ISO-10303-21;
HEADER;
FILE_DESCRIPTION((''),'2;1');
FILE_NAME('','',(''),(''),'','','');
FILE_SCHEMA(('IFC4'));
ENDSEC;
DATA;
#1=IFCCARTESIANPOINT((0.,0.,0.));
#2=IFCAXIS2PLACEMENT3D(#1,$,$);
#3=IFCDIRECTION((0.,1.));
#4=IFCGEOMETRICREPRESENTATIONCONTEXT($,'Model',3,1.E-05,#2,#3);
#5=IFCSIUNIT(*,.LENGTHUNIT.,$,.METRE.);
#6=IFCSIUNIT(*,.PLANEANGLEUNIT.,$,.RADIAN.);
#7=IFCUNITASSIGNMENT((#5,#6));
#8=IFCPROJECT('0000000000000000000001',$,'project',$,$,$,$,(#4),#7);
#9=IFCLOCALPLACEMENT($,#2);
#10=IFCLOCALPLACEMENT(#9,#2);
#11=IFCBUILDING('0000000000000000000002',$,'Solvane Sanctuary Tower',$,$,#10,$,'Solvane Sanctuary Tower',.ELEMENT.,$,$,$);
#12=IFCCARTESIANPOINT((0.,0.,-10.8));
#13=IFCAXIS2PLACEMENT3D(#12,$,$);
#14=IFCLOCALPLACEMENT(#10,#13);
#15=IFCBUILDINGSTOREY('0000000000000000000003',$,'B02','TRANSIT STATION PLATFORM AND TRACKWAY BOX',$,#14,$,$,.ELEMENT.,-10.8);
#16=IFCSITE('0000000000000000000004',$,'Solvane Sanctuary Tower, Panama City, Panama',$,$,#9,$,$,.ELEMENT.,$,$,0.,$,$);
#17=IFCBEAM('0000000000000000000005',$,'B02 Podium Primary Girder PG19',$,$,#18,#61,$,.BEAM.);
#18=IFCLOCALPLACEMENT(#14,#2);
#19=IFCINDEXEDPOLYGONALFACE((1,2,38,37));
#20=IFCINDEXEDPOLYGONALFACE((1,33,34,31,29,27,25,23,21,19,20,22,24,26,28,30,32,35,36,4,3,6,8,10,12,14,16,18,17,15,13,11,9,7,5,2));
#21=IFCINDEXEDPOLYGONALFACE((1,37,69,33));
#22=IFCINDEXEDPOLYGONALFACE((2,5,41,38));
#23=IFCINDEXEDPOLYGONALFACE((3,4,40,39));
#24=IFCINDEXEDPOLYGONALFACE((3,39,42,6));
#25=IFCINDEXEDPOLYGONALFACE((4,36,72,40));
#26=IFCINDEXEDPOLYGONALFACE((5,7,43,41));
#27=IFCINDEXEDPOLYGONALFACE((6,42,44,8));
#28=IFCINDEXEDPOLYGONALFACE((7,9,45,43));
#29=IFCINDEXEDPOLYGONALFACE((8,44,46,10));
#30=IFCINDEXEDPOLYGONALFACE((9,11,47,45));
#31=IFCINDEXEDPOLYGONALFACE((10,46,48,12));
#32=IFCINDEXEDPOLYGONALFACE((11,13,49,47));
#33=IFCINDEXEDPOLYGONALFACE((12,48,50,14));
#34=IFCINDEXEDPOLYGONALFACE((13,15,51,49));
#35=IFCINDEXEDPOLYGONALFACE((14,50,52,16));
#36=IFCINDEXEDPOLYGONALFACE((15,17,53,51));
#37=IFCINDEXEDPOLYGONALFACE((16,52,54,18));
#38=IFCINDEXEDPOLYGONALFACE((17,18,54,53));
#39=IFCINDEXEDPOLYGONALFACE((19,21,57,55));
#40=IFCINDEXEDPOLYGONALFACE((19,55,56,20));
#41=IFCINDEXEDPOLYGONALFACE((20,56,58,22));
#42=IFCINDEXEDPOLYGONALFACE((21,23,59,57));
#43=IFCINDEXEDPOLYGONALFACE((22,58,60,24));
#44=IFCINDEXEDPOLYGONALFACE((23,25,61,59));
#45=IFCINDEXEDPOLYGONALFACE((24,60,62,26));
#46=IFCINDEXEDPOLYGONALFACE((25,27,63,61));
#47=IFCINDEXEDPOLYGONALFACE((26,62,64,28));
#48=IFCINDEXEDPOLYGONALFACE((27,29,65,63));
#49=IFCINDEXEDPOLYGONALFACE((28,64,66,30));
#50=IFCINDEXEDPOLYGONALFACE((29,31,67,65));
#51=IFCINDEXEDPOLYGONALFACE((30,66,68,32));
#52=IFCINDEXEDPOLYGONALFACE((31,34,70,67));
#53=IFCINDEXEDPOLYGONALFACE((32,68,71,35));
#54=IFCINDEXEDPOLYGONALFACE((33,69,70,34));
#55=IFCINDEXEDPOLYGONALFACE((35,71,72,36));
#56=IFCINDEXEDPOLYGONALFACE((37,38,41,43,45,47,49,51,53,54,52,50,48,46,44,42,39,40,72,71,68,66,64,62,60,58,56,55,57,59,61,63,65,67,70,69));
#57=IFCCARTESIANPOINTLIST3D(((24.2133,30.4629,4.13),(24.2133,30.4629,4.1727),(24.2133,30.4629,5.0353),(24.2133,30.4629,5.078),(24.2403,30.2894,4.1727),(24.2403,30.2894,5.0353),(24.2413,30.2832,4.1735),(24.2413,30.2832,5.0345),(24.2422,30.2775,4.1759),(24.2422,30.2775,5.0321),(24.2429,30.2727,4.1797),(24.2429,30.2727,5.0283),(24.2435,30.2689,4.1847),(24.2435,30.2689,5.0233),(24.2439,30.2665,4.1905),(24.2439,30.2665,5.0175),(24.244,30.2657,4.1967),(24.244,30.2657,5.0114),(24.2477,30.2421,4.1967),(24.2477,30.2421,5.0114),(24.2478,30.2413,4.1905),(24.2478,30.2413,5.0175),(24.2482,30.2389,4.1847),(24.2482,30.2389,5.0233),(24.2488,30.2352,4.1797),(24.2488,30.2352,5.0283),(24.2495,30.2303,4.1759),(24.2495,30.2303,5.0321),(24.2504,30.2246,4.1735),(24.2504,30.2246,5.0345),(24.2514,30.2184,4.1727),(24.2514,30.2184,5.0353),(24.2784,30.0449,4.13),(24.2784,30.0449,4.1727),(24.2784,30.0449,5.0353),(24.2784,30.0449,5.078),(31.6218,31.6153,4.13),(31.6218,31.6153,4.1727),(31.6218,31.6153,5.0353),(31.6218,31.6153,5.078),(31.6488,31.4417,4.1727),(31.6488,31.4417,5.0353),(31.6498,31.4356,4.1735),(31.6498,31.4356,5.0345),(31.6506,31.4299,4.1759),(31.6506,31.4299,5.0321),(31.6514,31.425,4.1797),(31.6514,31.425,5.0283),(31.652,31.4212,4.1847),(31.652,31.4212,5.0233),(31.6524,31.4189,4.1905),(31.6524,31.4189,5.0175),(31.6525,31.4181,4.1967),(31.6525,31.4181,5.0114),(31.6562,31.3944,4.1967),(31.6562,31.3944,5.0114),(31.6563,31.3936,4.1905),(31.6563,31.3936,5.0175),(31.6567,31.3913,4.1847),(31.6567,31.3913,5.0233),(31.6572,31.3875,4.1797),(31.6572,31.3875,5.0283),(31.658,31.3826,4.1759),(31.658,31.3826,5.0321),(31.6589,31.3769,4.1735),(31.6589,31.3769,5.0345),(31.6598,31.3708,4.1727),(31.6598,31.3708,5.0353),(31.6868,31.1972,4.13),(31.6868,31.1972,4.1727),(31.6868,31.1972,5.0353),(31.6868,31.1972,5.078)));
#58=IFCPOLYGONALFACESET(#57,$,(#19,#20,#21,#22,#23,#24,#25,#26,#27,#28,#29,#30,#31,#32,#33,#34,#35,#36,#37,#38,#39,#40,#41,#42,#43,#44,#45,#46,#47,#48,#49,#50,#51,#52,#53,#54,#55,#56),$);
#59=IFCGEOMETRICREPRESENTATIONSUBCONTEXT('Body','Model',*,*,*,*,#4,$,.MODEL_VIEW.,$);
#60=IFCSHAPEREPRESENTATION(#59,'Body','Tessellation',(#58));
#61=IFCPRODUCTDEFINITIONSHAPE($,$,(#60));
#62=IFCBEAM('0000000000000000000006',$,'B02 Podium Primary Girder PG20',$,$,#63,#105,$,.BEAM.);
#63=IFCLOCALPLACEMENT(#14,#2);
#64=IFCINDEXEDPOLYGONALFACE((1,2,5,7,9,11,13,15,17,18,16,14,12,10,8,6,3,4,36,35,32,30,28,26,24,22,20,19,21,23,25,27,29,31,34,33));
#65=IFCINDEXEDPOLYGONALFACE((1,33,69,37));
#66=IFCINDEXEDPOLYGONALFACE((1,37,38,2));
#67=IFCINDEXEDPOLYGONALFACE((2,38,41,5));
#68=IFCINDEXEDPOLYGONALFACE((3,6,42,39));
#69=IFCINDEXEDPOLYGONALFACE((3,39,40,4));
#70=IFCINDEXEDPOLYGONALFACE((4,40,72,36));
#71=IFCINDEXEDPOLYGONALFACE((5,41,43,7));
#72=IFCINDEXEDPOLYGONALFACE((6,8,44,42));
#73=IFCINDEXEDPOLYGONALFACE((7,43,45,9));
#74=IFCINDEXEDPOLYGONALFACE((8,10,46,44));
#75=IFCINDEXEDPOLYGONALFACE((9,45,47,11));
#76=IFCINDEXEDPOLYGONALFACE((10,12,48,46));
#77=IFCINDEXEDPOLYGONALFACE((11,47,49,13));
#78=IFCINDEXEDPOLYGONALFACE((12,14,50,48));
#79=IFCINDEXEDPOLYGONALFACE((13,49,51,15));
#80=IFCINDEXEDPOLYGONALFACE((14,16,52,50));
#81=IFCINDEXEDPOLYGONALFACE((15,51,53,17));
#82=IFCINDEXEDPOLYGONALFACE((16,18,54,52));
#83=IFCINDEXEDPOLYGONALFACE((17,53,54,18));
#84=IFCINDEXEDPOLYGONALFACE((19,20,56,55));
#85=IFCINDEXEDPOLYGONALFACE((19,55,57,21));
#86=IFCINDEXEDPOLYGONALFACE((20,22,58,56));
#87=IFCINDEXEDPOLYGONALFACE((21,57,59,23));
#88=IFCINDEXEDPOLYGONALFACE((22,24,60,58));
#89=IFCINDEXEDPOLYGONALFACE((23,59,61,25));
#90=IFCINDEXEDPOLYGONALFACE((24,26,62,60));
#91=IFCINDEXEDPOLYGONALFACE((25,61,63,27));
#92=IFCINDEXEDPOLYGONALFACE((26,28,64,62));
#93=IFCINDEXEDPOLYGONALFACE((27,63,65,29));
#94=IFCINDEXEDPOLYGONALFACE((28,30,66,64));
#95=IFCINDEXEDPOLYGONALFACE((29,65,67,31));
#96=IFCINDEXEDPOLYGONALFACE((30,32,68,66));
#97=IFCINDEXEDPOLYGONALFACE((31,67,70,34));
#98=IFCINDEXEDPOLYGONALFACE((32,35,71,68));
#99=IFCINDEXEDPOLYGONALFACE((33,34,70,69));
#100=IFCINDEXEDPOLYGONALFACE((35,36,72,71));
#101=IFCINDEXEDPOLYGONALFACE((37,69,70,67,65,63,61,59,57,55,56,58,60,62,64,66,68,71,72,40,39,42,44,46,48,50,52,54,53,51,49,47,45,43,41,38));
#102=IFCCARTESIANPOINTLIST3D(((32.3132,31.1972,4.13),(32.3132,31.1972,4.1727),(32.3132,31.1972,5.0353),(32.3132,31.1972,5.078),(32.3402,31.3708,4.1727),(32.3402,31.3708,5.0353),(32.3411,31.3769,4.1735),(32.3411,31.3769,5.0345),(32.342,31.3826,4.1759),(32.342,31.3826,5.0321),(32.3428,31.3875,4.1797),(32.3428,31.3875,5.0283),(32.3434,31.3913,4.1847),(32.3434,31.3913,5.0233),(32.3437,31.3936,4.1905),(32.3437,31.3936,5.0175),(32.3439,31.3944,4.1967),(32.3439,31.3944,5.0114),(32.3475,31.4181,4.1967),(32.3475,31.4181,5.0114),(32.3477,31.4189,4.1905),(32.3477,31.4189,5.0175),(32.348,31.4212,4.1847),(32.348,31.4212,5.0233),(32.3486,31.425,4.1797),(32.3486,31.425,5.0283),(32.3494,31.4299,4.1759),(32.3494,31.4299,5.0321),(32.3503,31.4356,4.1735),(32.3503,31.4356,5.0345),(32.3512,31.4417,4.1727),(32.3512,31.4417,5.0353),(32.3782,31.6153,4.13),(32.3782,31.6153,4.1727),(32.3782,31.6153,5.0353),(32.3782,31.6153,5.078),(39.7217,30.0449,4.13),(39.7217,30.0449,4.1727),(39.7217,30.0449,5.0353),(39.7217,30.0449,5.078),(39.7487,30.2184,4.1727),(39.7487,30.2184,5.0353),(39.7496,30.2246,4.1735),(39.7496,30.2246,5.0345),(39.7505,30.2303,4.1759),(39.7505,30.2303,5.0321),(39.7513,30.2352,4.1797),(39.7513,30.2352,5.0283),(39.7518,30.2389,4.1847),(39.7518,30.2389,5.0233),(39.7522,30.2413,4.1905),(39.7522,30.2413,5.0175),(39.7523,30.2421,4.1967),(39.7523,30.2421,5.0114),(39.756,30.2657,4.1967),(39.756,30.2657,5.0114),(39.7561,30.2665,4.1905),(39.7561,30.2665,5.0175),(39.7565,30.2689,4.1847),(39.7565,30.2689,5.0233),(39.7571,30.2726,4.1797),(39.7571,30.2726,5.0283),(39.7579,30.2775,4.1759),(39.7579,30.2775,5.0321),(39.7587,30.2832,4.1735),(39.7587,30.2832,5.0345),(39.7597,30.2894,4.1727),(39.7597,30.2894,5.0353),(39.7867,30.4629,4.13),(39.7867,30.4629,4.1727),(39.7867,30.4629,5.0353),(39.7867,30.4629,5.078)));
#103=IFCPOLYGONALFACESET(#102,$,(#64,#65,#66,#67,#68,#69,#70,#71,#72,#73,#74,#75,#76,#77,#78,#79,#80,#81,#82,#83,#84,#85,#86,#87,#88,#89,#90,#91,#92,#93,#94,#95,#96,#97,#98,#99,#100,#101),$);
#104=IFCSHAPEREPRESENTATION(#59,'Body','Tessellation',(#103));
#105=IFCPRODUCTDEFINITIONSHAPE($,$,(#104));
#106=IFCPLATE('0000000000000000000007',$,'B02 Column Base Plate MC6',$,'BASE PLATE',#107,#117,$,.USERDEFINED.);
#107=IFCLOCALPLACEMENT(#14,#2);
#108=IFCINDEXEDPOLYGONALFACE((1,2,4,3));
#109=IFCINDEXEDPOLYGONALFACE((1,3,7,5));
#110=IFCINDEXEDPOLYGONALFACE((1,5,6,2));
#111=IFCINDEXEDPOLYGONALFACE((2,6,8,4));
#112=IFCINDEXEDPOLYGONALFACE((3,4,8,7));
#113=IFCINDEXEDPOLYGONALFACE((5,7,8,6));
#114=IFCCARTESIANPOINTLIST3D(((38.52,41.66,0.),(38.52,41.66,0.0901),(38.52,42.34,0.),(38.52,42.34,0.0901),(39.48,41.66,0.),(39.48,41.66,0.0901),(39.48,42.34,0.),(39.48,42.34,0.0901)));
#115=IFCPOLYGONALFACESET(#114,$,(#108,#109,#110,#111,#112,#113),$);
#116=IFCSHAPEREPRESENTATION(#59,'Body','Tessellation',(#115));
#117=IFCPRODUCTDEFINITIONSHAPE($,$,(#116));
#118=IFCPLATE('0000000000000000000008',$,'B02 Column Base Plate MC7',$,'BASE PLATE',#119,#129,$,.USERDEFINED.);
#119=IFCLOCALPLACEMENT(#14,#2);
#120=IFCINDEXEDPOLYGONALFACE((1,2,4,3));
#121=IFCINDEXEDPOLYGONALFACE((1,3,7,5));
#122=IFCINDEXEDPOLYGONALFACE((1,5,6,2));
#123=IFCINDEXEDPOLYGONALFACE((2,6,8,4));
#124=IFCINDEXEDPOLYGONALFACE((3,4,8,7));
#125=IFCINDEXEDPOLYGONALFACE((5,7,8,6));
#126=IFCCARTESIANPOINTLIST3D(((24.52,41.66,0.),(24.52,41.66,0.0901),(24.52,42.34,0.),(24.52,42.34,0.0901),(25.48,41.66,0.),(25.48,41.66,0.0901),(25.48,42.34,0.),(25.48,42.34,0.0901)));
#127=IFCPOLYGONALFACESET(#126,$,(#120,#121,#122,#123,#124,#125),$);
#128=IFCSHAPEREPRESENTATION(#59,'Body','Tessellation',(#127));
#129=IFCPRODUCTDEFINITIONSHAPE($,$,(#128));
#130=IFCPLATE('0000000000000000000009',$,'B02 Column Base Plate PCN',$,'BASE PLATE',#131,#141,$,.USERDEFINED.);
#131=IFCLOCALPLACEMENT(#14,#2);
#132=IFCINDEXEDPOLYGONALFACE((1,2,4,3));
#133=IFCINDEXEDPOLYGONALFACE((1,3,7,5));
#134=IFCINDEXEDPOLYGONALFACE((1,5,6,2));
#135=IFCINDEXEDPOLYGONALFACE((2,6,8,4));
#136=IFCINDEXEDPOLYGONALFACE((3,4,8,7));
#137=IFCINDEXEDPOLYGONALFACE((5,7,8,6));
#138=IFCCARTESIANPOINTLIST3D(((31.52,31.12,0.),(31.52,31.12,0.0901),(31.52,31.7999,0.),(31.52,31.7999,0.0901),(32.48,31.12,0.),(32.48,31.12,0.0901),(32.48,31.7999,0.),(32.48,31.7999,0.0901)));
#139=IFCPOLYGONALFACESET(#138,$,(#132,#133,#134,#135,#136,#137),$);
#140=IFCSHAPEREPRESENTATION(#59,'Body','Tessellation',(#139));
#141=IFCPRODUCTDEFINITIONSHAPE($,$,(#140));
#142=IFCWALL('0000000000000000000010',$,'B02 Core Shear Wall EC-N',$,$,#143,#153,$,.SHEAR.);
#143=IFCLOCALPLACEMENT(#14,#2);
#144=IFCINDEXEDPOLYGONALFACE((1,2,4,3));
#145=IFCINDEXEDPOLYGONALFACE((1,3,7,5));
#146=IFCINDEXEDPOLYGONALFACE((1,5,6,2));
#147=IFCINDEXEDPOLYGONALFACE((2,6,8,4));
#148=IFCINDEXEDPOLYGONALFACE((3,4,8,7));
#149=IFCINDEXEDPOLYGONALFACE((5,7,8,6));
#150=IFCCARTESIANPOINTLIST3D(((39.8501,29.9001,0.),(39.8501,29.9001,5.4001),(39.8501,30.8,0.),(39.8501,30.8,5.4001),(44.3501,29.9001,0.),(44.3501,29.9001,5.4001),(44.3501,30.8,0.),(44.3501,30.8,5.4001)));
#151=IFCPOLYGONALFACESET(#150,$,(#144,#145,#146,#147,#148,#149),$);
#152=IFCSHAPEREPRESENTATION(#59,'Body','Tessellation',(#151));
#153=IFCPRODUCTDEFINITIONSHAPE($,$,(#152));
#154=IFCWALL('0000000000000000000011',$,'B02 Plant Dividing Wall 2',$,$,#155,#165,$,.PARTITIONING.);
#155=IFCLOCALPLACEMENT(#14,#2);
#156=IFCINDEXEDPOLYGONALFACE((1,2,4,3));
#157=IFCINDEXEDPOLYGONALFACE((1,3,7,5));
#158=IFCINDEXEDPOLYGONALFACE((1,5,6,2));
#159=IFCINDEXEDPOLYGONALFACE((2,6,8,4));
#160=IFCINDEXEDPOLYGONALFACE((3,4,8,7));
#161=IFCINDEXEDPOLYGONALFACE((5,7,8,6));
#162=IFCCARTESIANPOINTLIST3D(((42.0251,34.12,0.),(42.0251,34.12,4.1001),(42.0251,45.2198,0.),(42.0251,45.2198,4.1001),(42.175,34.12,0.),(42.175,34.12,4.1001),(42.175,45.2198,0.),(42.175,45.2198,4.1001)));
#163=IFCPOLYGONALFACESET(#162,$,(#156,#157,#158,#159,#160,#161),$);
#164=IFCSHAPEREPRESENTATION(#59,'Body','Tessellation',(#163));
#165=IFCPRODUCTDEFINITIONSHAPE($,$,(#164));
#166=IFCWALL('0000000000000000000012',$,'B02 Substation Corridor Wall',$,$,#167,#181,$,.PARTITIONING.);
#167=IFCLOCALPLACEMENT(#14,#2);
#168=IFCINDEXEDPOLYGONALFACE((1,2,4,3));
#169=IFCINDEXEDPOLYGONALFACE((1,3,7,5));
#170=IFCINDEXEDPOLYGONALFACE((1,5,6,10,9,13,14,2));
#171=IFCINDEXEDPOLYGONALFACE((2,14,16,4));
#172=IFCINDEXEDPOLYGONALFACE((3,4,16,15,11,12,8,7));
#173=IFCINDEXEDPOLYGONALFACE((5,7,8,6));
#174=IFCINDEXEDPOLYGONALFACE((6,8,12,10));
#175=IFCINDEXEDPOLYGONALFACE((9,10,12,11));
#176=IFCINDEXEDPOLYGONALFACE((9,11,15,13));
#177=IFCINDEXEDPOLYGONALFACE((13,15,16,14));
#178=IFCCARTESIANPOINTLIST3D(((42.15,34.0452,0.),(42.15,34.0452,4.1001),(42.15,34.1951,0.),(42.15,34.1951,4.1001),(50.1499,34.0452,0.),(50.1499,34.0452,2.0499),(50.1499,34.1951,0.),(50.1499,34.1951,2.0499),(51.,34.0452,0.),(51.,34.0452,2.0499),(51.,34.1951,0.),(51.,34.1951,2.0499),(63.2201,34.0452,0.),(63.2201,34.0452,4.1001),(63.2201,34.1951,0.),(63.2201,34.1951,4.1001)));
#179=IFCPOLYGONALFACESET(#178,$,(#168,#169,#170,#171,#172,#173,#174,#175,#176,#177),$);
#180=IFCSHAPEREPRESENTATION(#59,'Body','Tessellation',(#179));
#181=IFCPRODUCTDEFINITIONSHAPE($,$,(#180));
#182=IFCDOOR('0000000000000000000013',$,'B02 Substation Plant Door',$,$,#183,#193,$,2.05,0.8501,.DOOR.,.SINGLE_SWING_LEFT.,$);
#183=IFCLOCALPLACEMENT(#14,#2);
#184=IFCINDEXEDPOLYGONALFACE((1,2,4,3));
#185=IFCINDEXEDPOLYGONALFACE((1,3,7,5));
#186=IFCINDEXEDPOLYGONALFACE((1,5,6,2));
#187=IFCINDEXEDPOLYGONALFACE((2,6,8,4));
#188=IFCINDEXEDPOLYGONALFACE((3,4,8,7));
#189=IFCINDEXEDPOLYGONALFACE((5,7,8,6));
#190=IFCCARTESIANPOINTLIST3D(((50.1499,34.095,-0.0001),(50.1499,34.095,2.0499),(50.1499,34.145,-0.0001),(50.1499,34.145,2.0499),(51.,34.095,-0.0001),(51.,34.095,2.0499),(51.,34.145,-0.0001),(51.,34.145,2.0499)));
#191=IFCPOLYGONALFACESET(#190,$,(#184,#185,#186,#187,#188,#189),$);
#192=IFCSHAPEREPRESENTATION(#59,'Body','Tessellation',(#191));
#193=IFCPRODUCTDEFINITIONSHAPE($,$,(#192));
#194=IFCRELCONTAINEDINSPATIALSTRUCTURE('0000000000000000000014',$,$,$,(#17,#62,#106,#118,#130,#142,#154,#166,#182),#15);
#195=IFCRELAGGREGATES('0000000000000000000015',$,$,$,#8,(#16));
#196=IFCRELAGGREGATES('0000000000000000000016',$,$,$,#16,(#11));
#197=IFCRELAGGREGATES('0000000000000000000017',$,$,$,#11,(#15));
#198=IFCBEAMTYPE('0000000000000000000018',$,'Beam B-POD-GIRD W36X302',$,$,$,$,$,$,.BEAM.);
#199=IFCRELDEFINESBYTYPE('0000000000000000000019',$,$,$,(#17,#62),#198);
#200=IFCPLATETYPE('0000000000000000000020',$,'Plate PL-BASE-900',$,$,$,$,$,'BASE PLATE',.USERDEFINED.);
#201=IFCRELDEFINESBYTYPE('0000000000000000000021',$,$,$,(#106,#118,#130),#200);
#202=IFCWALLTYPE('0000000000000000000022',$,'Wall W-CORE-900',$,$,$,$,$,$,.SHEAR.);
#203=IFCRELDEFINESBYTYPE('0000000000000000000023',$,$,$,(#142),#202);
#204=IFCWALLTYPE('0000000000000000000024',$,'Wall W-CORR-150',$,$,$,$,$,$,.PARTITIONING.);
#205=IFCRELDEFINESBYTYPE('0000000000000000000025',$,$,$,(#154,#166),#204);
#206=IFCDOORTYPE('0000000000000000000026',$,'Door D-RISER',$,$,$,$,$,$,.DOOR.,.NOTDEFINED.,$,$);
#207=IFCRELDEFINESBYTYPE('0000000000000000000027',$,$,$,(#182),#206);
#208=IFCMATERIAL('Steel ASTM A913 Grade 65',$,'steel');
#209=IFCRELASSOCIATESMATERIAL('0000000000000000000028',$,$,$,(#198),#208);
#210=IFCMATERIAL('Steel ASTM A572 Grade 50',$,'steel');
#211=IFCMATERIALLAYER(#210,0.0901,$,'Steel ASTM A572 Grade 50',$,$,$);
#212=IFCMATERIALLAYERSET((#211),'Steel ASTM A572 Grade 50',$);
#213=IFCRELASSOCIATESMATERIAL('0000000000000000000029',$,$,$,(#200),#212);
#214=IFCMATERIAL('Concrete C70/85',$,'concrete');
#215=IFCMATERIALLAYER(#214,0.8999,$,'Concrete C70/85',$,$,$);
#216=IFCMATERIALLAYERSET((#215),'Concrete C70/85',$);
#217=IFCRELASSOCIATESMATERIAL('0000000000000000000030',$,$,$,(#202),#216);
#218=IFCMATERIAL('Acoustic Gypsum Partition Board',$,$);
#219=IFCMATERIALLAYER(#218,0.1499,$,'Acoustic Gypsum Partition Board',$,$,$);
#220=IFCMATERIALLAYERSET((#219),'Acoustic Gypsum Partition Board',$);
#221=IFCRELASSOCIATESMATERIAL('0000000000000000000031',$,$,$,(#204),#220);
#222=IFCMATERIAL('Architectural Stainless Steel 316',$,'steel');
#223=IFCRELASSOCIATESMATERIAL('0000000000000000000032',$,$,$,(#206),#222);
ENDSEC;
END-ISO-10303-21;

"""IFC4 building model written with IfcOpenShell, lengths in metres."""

from ifc_helpers import new_model, si_unit, direction, frame, frame_2d, origin, origin_2d, place, context, subcontext, project, spatial, rectangle, i_section, extrude, material, layer, layer_set, material_profile, profile_set, type_object, element, fill, save


model = new_model("IFC4")

# Units and contexts
model_context = context("Model", 3, precision=1e-05, world=origin(), true_north=direction((0.0, 1.0)))
body_context = subcontext(model_context, "Body", "Model", "MODEL_VIEW")
ifc_project = project(units=[si_unit("LENGTHUNIT", "METRE"), si_unit("PLANEANGLEUNIT", "RADIAN")], contexts=[model_context])

# Site, building, storey
site_placement = place(None, origin())
site = spatial("IfcSite", under=ifc_project, at=site_placement, Name="Solvane Sanctuary Tower, Panama City, Panama", CompositionType="ELEMENT", RefElevation=0.0)
building_placement = place(site_placement, origin())
building = spatial("IfcBuilding", under=site, at=building_placement, Name="Solvane Sanctuary Tower", LongName="Solvane Sanctuary Tower", CompositionType="ELEMENT")
storey_placement = place(building_placement, frame((0.0, 0.0, -10.8)))
storey = spatial("IfcBuildingStorey", under=building, at=storey_placement, Name="B02", Description="TRANSIT STATION PLATFORM AND TRACKWAY BOX", CompositionType="ELEMENT", Elevation=-10.8)

# Shared definitions
ifc_material_1 = material(Name="Concrete C70/85", Category="concrete")

# Beams
ifc_material_2 = material(Name="Steel ASTM A913 Grade 65", Category="steel")
ifc_material_profile_1 = material_profile(ifc_material_2, i_section(OverallWidth=0.4231, OverallDepth=0.948, WebThickness=0.0239, FlangeThickness=0.0427, FilletRadius=0.0239, at=origin_2d()), Name="W36X302")
ifc_profile_set_1 = profile_set([ifc_material_profile_1], Name="Steel ASTM A913 Grade 65")
beam_type = type_object("IfcBeamType", Name="Beam B-POD-GIRD W36X302", PredefinedType="BEAM", material=ifc_profile_set_1)
for number, where, z_axis, x_axis, name in (
    (1, (24.2458, 30.2539, 4.604), (0.988118, 0.153696, 0.0), (-0.153696, 0.988118, 0.0), "B02 Podium Primary Girder PG19"),
    (2, (32.3457, 31.4062, 4.604), (0.988118, -0.153696, 0.0), (0.153696, 0.988118, 0.0), "B02 Podium Primary Girder PG20"),
):
    element("IfcBeam", number, at=place(storey_placement, frame(where, z_axis=z_axis, x_axis=x_axis)), inside=storey, type_object=beam_type, Name=name, PredefinedType="BEAM", context=body_context, shape_type="SweptSolid", body=[
        extrude(i_section(OverallWidth=0.4231, OverallDepth=0.948, WebThickness=0.0239, FlangeThickness=0.0427, FilletRadius=0.0239, at=origin_2d()), origin(), (0.0, 0.0, 1.0), 7.4976),
    ])

# Plates
ifc_material_3 = material(Name="Steel ASTM A572 Grade 50", Category="steel")
ifc_layer_1 = layer(ifc_material_3, 0.0901, Name="Steel ASTM A572 Grade 50")
ifc_layer_set_1 = layer_set([ifc_layer_1], Name="Steel ASTM A572 Grade 50")
plate_type = type_object("IfcPlateType", Name="Plate PL-BASE-900", ElementType="BASE PLATE", PredefinedType="USERDEFINED", material=ifc_layer_set_1)
for number, where, z_axis, x_axis, name in (
    (3, (39.0, 42.0, 0.0), (0.0, 0.0, 1.0), (1.0, 0.0, 0.0), "B02 Column Base Plate MC6"),
    (4, (25.0, 42.0, 0.0), (0.0, 0.0, 1.0), (1.0, 0.0, 0.0), "B02 Column Base Plate MC7"),
    (5, (32.0, 31.46, 0.0), (0.0, 0.0, 1.0), (1.0, 0.0, 0.0), "B02 Column Base Plate PCN"),
):
    element("IfcPlate", number, at=place(storey_placement, frame(where, z_axis=z_axis, x_axis=x_axis)), inside=storey, type_object=plate_type, Name=name, ObjectType="BASE PLATE", PredefinedType="USERDEFINED", context=body_context, shape_type="SweptSolid", body=[
        extrude(rectangle(XDim=0.96, YDim=0.6799, at=origin_2d()), origin(), (0.0, 0.0, 1.0), 0.0901),
    ])

# Walls
ifc_layer_2 = layer(ifc_material_1, 0.8999, Name="Concrete C70/85")
ifc_layer_set_2 = layer_set([ifc_layer_2], Name="Concrete C70/85")
wall_type_1 = type_object("IfcWallType", Name="Wall W-CORE-900", PredefinedType="SHEAR", material=ifc_layer_set_2)
wall_1_placement = place(storey_placement, frame((39.8501, 30.3501, 0.0), z_axis=(0.0, 0.0, 1.0), x_axis=(1.0, 0.0, 0.0)))
element("IfcWall", 6, at=wall_1_placement, inside=storey, type_object=wall_type_1, Name="B02 Core Shear Wall EC-N", PredefinedType="SHEAR", context=body_context, shape_type="SweptSolid", body=[
    extrude(rectangle(XDim=4.5, YDim=0.8999, at=frame_2d((2.25, 0.0))), origin(), (0.0, 0.0, 1.0), 5.4001),
])
ifc_material_4 = material(Name="Acoustic Gypsum Partition Board")
ifc_layer_3 = layer(ifc_material_4, 0.1499, Name="Acoustic Gypsum Partition Board")
ifc_layer_set_3 = layer_set([ifc_layer_3], Name="Acoustic Gypsum Partition Board")
wall_type_2 = type_object("IfcWallType", Name="Wall W-CORR-150", PredefinedType="PARTITIONING", material=ifc_layer_set_3)
wall_2_placement = place(storey_placement, frame((42.1001, 34.1201, 0.0), z_axis=(0.0, 0.0, 1.0), x_axis=(0.0, 1.0, 0.0)))
element("IfcWall", 7, at=wall_2_placement, inside=storey, type_object=wall_type_2, Name="B02 Plant Dividing Wall 2", PredefinedType="PARTITIONING", context=body_context, shape_type="SweptSolid", body=[
    extrude(rectangle(XDim=11.0999, YDim=0.1499, at=frame_2d((5.5498, 0.0))), origin(), (0.0, 0.0, 1.0), 4.1001),
])

# Wall, opening, door
wall_3_placement = place(storey_placement, frame((42.1499, 34.1201, 0.0), z_axis=(0.0, 0.0, 1.0), x_axis=(1.0, 0.0, 0.0)))
wall_3 = element("IfcWall", 8, at=wall_3_placement, inside=storey, type_object=wall_type_2, Name="B02 Substation Corridor Wall", PredefinedType="PARTITIONING", context=body_context, shape_type="SweptSolid", body=[
    extrude(rectangle(XDim=21.0701, YDim=0.1499, at=frame_2d((10.5352, 0.0))), origin(), (0.0, 0.0, 1.0), 4.1001),
])
opening_placement = place(wall_3_placement, frame((8.0, 0.0, 0.0)))
opening = element("IfcOpeningElement", 9, at=opening_placement, cuts=wall_3, PredefinedType="OPENING", context=body_context, shape_type="SweptSolid", body=[
    extrude(rectangle(XDim=0.8501, YDim=2.05, at=frame_2d((0.425, 1.0249))), frame((0.0, 0.085, 0.0), z_axis=(0.0, -1.0, 0.0), x_axis=(1.0, 0.0, 0.0)), (0.0, 0.0, 1.0), 0.1699),
])
ifc_material_5 = material(Name="Architectural Stainless Steel 316", Category="steel")
door_type = type_object("IfcDoorType", Name="Door D-RISER", OperationType="NOTDEFINED", PredefinedType="DOOR", material=ifc_material_5)
door_placement = place(opening_placement, origin())
door = element("IfcDoor", 10, at=door_placement, inside=storey, type_object=door_type, Name="B02 Substation Plant Door", OperationType="SINGLE_SWING_LEFT", OverallHeight=2.05, OverallWidth=0.8501, PredefinedType="DOOR", context=body_context, shape_type="SweptSolid", body=[
    extrude(rectangle(XDim=0.8501, YDim=2.05, at=frame_2d((0.425, 1.0249))), frame((0.0, 0.0249, 0.0), z_axis=(0.0, -1.0, 0.0), x_axis=(1.0, 0.0, 0.0)), (0.0, 0.0, 1.0), 0.05),
])
fill(opening, door)

save(model, "model.ifc")
